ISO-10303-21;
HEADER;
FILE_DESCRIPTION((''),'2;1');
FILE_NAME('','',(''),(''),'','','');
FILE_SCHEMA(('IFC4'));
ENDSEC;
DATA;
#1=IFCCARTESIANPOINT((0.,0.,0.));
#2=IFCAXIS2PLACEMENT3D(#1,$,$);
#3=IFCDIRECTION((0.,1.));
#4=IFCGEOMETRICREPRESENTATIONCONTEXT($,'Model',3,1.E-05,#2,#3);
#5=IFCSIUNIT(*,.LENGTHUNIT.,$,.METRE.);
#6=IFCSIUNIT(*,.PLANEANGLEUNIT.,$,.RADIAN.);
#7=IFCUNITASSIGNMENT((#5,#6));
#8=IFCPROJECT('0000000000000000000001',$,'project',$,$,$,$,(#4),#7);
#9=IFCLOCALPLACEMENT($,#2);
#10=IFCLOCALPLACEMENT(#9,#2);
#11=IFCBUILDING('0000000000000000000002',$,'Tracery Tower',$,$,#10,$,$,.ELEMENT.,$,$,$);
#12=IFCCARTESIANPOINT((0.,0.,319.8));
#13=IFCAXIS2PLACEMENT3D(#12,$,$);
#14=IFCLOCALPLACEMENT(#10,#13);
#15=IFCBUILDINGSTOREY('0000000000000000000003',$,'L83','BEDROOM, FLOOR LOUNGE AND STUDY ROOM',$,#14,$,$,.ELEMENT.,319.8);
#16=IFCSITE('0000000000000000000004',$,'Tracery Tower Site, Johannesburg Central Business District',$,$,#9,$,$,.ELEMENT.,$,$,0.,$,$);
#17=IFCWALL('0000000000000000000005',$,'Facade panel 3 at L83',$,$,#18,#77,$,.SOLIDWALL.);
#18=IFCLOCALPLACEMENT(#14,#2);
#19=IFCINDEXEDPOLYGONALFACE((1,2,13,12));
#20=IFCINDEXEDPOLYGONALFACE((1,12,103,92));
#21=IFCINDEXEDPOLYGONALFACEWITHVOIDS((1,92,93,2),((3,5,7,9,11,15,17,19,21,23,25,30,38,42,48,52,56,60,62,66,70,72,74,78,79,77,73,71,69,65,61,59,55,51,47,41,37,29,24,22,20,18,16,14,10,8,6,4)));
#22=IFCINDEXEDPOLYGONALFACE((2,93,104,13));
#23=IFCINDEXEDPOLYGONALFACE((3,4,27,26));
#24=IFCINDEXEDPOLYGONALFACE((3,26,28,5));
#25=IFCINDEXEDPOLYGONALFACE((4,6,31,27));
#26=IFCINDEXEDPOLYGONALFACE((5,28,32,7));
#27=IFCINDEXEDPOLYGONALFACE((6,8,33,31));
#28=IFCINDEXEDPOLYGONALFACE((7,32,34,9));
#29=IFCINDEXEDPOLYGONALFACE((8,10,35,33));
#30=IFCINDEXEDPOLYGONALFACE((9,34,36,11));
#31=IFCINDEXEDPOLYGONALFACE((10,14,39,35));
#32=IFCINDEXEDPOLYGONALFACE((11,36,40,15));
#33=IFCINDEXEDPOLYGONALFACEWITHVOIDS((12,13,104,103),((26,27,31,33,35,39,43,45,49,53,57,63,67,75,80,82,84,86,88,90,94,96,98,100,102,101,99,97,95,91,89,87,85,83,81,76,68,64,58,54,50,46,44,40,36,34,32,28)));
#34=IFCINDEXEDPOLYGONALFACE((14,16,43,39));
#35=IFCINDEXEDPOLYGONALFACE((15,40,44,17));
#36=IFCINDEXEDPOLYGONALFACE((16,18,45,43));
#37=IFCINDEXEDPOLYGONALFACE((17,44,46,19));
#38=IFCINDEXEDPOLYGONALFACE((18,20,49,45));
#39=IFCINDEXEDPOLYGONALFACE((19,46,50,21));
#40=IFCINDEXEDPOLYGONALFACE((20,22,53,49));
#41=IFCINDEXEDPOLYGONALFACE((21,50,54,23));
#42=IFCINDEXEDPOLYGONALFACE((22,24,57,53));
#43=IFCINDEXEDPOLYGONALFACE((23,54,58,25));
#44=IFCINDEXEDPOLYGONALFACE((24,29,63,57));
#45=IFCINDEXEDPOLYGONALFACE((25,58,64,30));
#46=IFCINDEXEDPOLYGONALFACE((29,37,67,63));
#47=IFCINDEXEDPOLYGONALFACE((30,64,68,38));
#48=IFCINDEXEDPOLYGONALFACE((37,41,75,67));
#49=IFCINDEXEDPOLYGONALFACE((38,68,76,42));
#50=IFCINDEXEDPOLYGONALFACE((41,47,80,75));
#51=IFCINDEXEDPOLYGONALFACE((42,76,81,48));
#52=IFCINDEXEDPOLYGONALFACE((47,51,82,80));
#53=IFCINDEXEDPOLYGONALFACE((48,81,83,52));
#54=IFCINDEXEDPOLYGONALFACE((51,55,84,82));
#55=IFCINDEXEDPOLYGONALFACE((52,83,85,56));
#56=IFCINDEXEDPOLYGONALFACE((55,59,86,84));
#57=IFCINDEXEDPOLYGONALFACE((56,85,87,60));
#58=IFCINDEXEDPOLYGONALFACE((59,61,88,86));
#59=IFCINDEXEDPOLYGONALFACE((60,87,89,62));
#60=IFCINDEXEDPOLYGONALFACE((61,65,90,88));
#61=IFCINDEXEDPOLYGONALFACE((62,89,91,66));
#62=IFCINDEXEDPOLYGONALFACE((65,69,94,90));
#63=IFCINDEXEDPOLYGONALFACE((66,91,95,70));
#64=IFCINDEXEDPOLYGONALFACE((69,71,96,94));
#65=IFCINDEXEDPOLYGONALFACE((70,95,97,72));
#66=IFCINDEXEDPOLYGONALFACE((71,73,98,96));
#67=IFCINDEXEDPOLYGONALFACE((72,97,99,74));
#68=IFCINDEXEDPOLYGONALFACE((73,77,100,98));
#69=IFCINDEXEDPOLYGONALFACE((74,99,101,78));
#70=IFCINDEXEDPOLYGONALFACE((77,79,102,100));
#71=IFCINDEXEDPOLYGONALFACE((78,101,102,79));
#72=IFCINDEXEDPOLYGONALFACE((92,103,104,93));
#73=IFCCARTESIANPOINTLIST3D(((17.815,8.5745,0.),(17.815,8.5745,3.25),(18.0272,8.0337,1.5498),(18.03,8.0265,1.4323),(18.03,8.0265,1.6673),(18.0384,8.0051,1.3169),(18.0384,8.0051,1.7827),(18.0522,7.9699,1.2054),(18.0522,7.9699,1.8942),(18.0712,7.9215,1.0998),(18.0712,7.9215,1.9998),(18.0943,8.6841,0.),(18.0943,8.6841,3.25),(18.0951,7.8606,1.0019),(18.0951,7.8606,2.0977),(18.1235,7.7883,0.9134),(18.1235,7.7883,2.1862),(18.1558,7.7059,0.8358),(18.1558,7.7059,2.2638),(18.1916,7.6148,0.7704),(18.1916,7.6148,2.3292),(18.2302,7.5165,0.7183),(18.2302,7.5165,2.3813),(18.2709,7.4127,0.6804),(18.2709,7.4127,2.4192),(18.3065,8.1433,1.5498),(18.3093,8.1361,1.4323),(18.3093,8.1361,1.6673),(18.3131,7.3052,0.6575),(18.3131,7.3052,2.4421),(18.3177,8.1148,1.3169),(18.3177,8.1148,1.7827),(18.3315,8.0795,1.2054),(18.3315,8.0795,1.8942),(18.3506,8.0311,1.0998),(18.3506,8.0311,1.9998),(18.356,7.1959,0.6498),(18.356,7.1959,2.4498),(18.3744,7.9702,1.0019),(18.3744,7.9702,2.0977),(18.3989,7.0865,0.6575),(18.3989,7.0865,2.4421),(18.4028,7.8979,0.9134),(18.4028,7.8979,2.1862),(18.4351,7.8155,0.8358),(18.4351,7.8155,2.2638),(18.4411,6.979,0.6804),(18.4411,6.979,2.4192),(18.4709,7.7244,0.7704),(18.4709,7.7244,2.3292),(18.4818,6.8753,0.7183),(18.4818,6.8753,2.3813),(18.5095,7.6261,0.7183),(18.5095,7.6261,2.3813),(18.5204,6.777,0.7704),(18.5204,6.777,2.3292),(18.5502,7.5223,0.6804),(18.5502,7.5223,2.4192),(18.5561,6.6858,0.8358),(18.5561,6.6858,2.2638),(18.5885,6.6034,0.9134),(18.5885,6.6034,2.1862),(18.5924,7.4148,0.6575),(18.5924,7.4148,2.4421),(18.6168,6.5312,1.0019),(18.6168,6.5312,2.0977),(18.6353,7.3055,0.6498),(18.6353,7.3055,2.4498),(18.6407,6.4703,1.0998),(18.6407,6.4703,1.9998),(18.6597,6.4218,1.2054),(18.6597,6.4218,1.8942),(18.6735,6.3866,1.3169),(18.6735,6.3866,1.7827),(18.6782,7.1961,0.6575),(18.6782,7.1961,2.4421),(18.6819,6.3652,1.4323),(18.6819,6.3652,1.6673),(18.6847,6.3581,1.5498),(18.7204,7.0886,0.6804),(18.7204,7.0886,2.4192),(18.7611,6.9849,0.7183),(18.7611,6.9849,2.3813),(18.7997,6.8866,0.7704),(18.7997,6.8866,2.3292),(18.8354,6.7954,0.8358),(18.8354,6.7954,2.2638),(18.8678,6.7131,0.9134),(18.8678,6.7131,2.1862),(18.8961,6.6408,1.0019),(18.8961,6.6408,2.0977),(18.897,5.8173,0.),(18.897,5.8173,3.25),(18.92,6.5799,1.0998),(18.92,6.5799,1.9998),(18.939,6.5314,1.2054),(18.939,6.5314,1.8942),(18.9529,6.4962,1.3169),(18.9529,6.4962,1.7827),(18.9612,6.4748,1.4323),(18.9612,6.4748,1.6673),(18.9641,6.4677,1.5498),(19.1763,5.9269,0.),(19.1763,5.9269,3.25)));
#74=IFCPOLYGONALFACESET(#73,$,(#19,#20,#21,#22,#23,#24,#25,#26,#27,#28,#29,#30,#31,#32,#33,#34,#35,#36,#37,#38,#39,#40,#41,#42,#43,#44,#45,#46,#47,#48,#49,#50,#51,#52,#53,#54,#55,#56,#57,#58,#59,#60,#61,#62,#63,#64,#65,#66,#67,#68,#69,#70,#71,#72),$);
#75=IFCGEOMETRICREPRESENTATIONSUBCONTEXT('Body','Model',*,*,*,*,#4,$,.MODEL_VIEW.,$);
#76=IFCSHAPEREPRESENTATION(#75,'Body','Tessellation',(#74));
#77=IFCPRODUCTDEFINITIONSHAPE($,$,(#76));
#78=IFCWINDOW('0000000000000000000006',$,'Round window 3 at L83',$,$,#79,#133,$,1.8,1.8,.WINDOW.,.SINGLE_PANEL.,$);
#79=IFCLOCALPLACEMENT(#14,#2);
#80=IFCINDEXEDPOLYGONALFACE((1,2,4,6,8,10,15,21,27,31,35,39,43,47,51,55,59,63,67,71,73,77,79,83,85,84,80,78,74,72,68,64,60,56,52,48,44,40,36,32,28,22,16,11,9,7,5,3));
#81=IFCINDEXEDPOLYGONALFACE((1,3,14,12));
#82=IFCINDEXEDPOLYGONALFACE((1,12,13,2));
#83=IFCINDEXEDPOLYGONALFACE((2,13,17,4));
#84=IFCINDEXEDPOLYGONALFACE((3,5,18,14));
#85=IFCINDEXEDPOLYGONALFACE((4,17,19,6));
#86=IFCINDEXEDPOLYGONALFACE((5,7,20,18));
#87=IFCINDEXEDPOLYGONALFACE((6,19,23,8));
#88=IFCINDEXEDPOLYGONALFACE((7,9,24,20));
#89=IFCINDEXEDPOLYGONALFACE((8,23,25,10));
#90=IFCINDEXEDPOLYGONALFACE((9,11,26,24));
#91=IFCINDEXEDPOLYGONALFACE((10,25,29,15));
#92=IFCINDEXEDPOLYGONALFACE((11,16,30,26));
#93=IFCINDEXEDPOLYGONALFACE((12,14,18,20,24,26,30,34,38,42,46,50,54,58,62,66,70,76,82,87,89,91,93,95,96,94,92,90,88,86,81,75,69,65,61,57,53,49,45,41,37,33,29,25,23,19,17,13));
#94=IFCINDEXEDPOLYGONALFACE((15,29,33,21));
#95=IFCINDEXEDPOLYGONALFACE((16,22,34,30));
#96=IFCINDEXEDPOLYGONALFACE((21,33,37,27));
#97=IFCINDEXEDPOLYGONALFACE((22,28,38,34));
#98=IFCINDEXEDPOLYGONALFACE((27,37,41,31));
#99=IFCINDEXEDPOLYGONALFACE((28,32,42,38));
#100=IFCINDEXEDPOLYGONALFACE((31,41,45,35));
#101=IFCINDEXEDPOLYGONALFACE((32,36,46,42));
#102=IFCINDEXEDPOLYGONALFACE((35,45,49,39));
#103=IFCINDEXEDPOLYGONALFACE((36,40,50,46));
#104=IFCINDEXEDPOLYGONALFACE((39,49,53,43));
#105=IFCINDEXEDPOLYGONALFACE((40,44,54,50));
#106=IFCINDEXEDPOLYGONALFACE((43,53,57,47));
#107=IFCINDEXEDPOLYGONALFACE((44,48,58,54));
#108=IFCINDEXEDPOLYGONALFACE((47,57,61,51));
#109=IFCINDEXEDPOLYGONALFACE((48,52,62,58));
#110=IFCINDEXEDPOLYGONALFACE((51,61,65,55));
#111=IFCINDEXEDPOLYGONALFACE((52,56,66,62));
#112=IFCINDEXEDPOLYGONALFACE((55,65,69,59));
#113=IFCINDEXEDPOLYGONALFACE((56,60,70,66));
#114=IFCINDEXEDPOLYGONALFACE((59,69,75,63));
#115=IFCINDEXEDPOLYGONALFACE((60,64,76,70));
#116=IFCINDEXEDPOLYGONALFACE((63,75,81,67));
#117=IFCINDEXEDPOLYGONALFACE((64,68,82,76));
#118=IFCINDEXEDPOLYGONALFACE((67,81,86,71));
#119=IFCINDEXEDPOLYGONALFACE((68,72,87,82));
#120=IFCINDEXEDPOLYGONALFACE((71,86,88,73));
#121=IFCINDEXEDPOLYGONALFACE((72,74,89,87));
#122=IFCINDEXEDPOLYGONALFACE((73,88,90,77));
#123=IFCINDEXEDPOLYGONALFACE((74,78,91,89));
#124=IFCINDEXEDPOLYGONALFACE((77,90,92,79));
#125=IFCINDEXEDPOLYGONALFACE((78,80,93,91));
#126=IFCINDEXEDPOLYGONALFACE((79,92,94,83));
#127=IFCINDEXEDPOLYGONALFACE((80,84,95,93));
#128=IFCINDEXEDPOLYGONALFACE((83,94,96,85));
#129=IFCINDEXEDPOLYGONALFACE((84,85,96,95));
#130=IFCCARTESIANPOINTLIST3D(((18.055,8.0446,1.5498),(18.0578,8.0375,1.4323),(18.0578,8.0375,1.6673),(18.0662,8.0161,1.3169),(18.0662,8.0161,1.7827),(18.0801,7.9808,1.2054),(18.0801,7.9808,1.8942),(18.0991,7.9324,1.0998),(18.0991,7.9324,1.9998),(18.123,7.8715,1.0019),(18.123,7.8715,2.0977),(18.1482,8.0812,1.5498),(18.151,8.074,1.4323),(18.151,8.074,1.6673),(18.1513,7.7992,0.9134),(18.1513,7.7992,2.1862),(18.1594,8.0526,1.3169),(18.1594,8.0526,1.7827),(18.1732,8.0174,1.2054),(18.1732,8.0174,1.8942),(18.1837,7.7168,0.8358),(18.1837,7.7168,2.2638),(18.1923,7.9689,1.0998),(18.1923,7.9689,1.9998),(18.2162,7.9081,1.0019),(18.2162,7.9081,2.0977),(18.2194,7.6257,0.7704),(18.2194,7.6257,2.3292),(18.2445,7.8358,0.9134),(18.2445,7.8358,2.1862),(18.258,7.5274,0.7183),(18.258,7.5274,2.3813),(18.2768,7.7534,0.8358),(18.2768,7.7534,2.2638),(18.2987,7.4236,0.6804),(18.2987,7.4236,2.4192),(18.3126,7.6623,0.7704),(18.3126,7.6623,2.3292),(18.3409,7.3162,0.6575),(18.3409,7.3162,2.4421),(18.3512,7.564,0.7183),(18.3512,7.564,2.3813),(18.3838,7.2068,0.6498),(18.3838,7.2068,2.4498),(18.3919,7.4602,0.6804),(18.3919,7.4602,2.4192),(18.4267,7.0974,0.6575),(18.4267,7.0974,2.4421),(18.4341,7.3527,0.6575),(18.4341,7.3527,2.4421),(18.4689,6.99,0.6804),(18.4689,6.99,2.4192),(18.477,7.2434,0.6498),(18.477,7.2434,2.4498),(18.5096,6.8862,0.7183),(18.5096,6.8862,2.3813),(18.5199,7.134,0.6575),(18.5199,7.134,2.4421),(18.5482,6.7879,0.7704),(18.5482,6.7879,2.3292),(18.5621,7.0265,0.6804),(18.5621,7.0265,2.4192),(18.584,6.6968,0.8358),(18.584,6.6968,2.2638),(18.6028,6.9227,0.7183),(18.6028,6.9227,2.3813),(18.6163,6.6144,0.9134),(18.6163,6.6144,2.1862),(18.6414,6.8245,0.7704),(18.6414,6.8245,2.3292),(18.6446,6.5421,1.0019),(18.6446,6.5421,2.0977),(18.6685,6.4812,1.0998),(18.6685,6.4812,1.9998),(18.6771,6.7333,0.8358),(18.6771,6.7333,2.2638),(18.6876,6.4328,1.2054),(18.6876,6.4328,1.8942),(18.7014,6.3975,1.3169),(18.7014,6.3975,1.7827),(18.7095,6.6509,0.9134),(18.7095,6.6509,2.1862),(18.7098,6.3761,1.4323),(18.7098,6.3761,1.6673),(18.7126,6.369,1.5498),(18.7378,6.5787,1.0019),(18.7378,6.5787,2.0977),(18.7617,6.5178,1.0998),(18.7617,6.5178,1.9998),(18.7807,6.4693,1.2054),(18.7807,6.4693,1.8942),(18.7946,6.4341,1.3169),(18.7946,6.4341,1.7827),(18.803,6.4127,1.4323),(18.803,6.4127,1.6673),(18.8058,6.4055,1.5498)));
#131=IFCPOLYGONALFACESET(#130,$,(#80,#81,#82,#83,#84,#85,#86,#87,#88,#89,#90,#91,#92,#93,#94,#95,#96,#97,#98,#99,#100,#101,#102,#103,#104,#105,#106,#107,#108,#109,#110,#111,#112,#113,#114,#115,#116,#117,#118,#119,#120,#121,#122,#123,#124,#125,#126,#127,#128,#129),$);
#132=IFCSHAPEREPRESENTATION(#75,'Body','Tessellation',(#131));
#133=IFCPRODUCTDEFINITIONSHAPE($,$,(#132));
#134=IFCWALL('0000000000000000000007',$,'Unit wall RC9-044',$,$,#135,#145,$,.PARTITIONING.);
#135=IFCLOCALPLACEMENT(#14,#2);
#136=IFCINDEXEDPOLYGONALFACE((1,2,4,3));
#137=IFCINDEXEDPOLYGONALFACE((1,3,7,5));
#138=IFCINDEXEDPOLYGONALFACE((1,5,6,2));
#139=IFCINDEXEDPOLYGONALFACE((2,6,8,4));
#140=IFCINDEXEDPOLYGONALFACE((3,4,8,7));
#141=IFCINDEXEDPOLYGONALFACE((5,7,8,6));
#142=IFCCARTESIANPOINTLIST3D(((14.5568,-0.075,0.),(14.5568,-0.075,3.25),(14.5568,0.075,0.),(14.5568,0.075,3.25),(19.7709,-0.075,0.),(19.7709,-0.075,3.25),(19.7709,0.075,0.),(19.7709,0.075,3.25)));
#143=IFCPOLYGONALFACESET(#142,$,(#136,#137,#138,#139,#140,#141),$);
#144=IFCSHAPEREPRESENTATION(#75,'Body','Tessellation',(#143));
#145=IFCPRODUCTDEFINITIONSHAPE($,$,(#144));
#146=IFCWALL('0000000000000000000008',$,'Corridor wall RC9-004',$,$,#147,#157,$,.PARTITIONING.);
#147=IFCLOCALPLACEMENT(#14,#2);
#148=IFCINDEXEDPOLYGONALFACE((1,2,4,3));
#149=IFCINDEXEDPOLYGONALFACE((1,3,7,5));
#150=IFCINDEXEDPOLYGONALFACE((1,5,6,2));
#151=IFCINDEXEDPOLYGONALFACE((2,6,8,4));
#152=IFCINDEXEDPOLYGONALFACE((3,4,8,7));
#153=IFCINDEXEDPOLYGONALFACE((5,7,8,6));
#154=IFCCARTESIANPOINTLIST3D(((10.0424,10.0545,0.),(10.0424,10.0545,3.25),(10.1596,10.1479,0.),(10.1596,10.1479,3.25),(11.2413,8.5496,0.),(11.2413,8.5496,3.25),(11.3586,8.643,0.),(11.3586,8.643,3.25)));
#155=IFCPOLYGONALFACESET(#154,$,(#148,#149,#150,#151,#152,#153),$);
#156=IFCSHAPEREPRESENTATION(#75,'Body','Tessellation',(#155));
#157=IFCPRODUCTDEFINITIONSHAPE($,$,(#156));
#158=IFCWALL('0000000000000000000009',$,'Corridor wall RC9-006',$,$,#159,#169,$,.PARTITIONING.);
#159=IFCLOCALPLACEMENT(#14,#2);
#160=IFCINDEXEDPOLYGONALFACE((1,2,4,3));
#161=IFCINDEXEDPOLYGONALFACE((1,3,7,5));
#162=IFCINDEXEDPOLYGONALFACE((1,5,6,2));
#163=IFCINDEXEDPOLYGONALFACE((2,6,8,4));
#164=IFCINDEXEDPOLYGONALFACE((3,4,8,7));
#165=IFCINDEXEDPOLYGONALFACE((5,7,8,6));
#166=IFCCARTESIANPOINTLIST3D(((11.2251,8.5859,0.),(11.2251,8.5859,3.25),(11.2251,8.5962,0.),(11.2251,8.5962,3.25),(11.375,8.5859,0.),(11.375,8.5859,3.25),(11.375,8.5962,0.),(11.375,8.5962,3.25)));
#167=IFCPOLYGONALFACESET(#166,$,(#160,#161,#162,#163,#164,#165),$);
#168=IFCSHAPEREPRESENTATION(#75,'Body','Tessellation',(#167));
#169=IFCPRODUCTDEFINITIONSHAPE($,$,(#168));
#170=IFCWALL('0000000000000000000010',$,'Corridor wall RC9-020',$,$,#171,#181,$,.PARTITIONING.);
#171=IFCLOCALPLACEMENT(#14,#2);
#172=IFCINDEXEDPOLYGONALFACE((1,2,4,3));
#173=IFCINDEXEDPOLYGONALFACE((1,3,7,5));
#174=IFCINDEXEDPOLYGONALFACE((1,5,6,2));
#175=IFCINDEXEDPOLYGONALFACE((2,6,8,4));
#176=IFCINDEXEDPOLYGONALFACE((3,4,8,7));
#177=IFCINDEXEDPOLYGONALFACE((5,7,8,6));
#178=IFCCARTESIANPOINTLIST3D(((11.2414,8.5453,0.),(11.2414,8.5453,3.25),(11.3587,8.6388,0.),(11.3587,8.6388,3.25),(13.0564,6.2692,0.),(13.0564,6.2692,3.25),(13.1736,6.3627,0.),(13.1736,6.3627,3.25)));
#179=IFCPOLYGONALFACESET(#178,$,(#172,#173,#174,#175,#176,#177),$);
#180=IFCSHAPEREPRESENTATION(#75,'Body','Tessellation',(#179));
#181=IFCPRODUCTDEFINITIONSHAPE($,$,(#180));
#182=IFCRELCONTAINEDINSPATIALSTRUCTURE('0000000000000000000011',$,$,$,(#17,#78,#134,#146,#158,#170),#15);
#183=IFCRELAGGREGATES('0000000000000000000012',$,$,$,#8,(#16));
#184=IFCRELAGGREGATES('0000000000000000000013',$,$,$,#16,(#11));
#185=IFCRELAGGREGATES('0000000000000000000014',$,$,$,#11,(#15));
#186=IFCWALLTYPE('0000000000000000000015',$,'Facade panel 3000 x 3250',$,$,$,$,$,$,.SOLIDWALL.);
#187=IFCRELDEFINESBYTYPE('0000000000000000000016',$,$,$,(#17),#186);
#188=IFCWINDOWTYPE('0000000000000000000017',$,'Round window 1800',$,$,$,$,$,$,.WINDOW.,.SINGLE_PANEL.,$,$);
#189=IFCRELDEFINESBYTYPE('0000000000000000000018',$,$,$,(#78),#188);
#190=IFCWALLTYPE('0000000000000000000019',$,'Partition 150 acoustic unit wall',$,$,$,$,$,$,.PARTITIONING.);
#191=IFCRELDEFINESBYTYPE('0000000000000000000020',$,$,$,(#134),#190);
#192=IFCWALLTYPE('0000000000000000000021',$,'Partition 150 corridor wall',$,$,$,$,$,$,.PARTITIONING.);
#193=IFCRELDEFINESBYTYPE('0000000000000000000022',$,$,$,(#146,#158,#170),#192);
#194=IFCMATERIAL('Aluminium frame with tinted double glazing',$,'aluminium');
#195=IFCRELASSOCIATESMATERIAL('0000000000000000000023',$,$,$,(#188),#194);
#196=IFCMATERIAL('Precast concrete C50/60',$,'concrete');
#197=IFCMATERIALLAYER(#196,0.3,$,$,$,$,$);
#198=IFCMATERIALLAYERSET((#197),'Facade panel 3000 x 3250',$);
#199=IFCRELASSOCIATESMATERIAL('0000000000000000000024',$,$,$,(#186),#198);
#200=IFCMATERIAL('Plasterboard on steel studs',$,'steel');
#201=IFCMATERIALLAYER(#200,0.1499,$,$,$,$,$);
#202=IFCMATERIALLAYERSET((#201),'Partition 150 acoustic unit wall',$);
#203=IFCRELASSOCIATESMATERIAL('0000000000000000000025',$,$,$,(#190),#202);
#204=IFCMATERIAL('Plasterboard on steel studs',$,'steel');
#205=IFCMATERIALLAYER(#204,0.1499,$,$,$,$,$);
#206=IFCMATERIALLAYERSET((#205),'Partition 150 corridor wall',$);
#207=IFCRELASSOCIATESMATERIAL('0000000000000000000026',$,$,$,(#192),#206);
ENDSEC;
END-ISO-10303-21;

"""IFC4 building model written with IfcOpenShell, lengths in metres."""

from ifc_helpers import new_model, si_unit, direction, frame, frame_2d, origin, origin_2d, place, context, subcontext, project, spatial, rectangle, circle, extrude, material, layer, layer_set, type_object, element, fill, save


model = new_model("IFC4")

# Units and contexts
model_context = context("Model", 3, precision=1e-05, world=origin(), true_north=direction((0.0, 1.0)))
body_context = subcontext(model_context, "Body", "Model", "MODEL_VIEW")
ifc_project = project(units=[si_unit("LENGTHUNIT", "METRE"), si_unit("PLANEANGLEUNIT", "RADIAN")], contexts=[model_context])

# Site, building, storey
site_placement = place(None, origin())
site = spatial("IfcSite", under=ifc_project, at=site_placement, Name="Tracery Tower Site, Johannesburg Central Business District", CompositionType="ELEMENT", RefElevation=0.0)
building_placement = place(site_placement, origin())
building = spatial("IfcBuilding", under=site, at=building_placement, Name="Tracery Tower", CompositionType="ELEMENT")
storey_placement = place(building_placement, frame((0.0, 0.0, 319.8)))
storey = spatial("IfcBuildingStorey", under=building, at=storey_placement, Name="L83", Description="BEDROOM, FLOOR LOUNGE AND STUDY ROOM", CompositionType="ELEMENT", Elevation=319.8)

# Wall, opening, window
ifc_material_1 = material(Name="Aluminium frame with tinted double glazing", Category="aluminium")
window_type = type_object("IfcWindowType", Name="Round window 1800", PartitioningType="SINGLE_PANEL", PredefinedType="WINDOW", material=ifc_material_1)
ifc_material_2 = material(Name="Precast concrete C50/60", Category="concrete")
ifc_layer_1 = layer(ifc_material_2, 0.3)
ifc_layer_set_1 = layer_set([ifc_layer_1], Name="Facade panel 3000 x 3250")
wall_type_1 = type_object("IfcWallType", Name="Facade panel 3000 x 3250", PredefinedType="SOLIDWALL", material=ifc_layer_set_1)
wall_1_placement = place(storey_placement, frame((19.0366, 5.8721, 0.0), z_axis=(0.0, 0.0, 1.0), x_axis=(-0.3653, 0.93089, 0.0)))
wall_1 = element("IfcWall", 1, at=wall_1_placement, inside=storey, type_object=wall_type_1, Name="Facade panel 3 at L83", PredefinedType="SOLIDWALL", context=body_context, shape_type="SweptSolid", body=[
    extrude(rectangle(XDim=2.9619, YDim=0.3, at=frame_2d((1.481, 0.0))), origin(), (0.0, 0.0, 1.0), 3.25),
])
opening_1_placement = place(wall_1_placement, frame((1.481, 0.0, 1.5498)))
opening_1 = element("IfcOpeningElement", 2, at=opening_1_placement, cuts=wall_1, PredefinedType="OPENING", context=body_context, shape_type="SweptSolid", body=[
    extrude(circle(Radius=0.9, at=origin_2d()), frame((0.0, 0.1599, 0.0), z_axis=(0.0, -1.0, 0.0), x_axis=(1.0, 0.0, 0.0)), (0.0, 0.0, 1.0), 0.3201),
])
window_1_placement = place(opening_1_placement, origin())
window_1 = element("IfcWindow", 3, at=window_1_placement, inside=storey, type_object=window_type, Name="Round window 3 at L83", OverallHeight=1.8, OverallWidth=1.8, PartitioningType="SINGLE_PANEL", PredefinedType="WINDOW", context=body_context, shape_type="SweptSolid", body=[
    extrude(circle(Radius=0.9, at=origin_2d()), frame((0.0, 0.1201, 0.0), z_axis=(0.0, -1.0, 0.0), x_axis=(1.0, 0.0, 0.0)), (0.0, 0.0, 1.0), 0.1001),
])
fill(opening_1, window_1)

# Walls
ifc_material_3 = material(Name="Plasterboard on steel studs", Category="steel")
ifc_layer_2 = layer(ifc_material_3, 0.1499)
ifc_layer_set_2 = layer_set([ifc_layer_2], Name="Partition 150 acoustic unit wall")
wall_type_2 = type_object("IfcWallType", Name="Partition 150 acoustic unit wall", PredefinedType="PARTITIONING", material=ifc_layer_set_2)
wall_2_placement = place(storey_placement, frame((14.5569, 0.0, 0.0), z_axis=(0.0, 0.0, 1.0), x_axis=(1.0, 0.0, 0.0)))
element("IfcWall", 4, at=wall_2_placement, inside=storey, type_object=wall_type_2, Name="Unit wall RC9-044", PredefinedType="PARTITIONING", context=body_context, shape_type="SweptSolid", body=[
    extrude(rectangle(XDim=5.2141, YDim=0.1499, at=frame_2d((2.6069, 0.0))), origin(), (0.0, 0.0, 1.0), 3.25),
])
ifc_material_4 = material(Name="Plasterboard on steel studs", Category="steel")
ifc_layer_3 = layer(ifc_material_4, 0.1499)
ifc_layer_set_3 = layer_set([ifc_layer_3], Name="Partition 150 corridor wall")
wall_type_3 = type_object("IfcWallType", Name="Partition 150 corridor wall", PredefinedType="PARTITIONING", material=ifc_layer_set_3)
wall_3_placement = place(storey_placement, frame((10.1011, 10.1011, 0.0), z_axis=(0.0, 0.0, 1.0), x_axis=(0.623131, -0.782118, 0.0)))
element("IfcWall", 5, at=wall_3_placement, inside=storey, type_object=wall_type_3, Name="Corridor wall RC9-004", PredefinedType="PARTITIONING", context=body_context, shape_type="SweptSolid", body=[
    extrude(rectangle(XDim=1.9241, YDim=0.1499, at=frame_2d((0.9619, 0.0))), origin(), (0.0, 0.0, 1.0), 3.25),
])
wall_4_placement = place(storey_placement, frame((11.3, 8.5859, 0.0), z_axis=(0.0, 0.0, 1.0), x_axis=(0.0, 1.0, 0.0)))
element("IfcWall", 6, at=wall_4_placement, inside=storey, type_object=wall_type_3, Name="Corridor wall RC9-006", PredefinedType="PARTITIONING", context=body_context, shape_type="SweptSolid", body=[
    extrude(rectangle(XDim=0.0103, YDim=0.1499, at=frame_2d((0.0051, 0.0))), origin(), (0.0, 0.0, 1.0), 3.25),
])
wall_5_placement = place(storey_placement, frame((11.3, 8.592, 0.0), z_axis=(0.0, 0.0, 1.0), x_axis=(0.623447, -0.781866, 0.0)))
element("IfcWall", 7, at=wall_5_placement, inside=storey, type_object=wall_type_3, Name="Corridor wall RC9-020", PredefinedType="PARTITIONING", context=body_context, shape_type="SweptSolid", body=[
    extrude(rectangle(XDim=2.9111, YDim=0.1499, at=frame_2d((1.4556, 0.0))), origin(), (0.0, 0.0, 1.0), 3.25),
])

save(model, "model.ifc")
